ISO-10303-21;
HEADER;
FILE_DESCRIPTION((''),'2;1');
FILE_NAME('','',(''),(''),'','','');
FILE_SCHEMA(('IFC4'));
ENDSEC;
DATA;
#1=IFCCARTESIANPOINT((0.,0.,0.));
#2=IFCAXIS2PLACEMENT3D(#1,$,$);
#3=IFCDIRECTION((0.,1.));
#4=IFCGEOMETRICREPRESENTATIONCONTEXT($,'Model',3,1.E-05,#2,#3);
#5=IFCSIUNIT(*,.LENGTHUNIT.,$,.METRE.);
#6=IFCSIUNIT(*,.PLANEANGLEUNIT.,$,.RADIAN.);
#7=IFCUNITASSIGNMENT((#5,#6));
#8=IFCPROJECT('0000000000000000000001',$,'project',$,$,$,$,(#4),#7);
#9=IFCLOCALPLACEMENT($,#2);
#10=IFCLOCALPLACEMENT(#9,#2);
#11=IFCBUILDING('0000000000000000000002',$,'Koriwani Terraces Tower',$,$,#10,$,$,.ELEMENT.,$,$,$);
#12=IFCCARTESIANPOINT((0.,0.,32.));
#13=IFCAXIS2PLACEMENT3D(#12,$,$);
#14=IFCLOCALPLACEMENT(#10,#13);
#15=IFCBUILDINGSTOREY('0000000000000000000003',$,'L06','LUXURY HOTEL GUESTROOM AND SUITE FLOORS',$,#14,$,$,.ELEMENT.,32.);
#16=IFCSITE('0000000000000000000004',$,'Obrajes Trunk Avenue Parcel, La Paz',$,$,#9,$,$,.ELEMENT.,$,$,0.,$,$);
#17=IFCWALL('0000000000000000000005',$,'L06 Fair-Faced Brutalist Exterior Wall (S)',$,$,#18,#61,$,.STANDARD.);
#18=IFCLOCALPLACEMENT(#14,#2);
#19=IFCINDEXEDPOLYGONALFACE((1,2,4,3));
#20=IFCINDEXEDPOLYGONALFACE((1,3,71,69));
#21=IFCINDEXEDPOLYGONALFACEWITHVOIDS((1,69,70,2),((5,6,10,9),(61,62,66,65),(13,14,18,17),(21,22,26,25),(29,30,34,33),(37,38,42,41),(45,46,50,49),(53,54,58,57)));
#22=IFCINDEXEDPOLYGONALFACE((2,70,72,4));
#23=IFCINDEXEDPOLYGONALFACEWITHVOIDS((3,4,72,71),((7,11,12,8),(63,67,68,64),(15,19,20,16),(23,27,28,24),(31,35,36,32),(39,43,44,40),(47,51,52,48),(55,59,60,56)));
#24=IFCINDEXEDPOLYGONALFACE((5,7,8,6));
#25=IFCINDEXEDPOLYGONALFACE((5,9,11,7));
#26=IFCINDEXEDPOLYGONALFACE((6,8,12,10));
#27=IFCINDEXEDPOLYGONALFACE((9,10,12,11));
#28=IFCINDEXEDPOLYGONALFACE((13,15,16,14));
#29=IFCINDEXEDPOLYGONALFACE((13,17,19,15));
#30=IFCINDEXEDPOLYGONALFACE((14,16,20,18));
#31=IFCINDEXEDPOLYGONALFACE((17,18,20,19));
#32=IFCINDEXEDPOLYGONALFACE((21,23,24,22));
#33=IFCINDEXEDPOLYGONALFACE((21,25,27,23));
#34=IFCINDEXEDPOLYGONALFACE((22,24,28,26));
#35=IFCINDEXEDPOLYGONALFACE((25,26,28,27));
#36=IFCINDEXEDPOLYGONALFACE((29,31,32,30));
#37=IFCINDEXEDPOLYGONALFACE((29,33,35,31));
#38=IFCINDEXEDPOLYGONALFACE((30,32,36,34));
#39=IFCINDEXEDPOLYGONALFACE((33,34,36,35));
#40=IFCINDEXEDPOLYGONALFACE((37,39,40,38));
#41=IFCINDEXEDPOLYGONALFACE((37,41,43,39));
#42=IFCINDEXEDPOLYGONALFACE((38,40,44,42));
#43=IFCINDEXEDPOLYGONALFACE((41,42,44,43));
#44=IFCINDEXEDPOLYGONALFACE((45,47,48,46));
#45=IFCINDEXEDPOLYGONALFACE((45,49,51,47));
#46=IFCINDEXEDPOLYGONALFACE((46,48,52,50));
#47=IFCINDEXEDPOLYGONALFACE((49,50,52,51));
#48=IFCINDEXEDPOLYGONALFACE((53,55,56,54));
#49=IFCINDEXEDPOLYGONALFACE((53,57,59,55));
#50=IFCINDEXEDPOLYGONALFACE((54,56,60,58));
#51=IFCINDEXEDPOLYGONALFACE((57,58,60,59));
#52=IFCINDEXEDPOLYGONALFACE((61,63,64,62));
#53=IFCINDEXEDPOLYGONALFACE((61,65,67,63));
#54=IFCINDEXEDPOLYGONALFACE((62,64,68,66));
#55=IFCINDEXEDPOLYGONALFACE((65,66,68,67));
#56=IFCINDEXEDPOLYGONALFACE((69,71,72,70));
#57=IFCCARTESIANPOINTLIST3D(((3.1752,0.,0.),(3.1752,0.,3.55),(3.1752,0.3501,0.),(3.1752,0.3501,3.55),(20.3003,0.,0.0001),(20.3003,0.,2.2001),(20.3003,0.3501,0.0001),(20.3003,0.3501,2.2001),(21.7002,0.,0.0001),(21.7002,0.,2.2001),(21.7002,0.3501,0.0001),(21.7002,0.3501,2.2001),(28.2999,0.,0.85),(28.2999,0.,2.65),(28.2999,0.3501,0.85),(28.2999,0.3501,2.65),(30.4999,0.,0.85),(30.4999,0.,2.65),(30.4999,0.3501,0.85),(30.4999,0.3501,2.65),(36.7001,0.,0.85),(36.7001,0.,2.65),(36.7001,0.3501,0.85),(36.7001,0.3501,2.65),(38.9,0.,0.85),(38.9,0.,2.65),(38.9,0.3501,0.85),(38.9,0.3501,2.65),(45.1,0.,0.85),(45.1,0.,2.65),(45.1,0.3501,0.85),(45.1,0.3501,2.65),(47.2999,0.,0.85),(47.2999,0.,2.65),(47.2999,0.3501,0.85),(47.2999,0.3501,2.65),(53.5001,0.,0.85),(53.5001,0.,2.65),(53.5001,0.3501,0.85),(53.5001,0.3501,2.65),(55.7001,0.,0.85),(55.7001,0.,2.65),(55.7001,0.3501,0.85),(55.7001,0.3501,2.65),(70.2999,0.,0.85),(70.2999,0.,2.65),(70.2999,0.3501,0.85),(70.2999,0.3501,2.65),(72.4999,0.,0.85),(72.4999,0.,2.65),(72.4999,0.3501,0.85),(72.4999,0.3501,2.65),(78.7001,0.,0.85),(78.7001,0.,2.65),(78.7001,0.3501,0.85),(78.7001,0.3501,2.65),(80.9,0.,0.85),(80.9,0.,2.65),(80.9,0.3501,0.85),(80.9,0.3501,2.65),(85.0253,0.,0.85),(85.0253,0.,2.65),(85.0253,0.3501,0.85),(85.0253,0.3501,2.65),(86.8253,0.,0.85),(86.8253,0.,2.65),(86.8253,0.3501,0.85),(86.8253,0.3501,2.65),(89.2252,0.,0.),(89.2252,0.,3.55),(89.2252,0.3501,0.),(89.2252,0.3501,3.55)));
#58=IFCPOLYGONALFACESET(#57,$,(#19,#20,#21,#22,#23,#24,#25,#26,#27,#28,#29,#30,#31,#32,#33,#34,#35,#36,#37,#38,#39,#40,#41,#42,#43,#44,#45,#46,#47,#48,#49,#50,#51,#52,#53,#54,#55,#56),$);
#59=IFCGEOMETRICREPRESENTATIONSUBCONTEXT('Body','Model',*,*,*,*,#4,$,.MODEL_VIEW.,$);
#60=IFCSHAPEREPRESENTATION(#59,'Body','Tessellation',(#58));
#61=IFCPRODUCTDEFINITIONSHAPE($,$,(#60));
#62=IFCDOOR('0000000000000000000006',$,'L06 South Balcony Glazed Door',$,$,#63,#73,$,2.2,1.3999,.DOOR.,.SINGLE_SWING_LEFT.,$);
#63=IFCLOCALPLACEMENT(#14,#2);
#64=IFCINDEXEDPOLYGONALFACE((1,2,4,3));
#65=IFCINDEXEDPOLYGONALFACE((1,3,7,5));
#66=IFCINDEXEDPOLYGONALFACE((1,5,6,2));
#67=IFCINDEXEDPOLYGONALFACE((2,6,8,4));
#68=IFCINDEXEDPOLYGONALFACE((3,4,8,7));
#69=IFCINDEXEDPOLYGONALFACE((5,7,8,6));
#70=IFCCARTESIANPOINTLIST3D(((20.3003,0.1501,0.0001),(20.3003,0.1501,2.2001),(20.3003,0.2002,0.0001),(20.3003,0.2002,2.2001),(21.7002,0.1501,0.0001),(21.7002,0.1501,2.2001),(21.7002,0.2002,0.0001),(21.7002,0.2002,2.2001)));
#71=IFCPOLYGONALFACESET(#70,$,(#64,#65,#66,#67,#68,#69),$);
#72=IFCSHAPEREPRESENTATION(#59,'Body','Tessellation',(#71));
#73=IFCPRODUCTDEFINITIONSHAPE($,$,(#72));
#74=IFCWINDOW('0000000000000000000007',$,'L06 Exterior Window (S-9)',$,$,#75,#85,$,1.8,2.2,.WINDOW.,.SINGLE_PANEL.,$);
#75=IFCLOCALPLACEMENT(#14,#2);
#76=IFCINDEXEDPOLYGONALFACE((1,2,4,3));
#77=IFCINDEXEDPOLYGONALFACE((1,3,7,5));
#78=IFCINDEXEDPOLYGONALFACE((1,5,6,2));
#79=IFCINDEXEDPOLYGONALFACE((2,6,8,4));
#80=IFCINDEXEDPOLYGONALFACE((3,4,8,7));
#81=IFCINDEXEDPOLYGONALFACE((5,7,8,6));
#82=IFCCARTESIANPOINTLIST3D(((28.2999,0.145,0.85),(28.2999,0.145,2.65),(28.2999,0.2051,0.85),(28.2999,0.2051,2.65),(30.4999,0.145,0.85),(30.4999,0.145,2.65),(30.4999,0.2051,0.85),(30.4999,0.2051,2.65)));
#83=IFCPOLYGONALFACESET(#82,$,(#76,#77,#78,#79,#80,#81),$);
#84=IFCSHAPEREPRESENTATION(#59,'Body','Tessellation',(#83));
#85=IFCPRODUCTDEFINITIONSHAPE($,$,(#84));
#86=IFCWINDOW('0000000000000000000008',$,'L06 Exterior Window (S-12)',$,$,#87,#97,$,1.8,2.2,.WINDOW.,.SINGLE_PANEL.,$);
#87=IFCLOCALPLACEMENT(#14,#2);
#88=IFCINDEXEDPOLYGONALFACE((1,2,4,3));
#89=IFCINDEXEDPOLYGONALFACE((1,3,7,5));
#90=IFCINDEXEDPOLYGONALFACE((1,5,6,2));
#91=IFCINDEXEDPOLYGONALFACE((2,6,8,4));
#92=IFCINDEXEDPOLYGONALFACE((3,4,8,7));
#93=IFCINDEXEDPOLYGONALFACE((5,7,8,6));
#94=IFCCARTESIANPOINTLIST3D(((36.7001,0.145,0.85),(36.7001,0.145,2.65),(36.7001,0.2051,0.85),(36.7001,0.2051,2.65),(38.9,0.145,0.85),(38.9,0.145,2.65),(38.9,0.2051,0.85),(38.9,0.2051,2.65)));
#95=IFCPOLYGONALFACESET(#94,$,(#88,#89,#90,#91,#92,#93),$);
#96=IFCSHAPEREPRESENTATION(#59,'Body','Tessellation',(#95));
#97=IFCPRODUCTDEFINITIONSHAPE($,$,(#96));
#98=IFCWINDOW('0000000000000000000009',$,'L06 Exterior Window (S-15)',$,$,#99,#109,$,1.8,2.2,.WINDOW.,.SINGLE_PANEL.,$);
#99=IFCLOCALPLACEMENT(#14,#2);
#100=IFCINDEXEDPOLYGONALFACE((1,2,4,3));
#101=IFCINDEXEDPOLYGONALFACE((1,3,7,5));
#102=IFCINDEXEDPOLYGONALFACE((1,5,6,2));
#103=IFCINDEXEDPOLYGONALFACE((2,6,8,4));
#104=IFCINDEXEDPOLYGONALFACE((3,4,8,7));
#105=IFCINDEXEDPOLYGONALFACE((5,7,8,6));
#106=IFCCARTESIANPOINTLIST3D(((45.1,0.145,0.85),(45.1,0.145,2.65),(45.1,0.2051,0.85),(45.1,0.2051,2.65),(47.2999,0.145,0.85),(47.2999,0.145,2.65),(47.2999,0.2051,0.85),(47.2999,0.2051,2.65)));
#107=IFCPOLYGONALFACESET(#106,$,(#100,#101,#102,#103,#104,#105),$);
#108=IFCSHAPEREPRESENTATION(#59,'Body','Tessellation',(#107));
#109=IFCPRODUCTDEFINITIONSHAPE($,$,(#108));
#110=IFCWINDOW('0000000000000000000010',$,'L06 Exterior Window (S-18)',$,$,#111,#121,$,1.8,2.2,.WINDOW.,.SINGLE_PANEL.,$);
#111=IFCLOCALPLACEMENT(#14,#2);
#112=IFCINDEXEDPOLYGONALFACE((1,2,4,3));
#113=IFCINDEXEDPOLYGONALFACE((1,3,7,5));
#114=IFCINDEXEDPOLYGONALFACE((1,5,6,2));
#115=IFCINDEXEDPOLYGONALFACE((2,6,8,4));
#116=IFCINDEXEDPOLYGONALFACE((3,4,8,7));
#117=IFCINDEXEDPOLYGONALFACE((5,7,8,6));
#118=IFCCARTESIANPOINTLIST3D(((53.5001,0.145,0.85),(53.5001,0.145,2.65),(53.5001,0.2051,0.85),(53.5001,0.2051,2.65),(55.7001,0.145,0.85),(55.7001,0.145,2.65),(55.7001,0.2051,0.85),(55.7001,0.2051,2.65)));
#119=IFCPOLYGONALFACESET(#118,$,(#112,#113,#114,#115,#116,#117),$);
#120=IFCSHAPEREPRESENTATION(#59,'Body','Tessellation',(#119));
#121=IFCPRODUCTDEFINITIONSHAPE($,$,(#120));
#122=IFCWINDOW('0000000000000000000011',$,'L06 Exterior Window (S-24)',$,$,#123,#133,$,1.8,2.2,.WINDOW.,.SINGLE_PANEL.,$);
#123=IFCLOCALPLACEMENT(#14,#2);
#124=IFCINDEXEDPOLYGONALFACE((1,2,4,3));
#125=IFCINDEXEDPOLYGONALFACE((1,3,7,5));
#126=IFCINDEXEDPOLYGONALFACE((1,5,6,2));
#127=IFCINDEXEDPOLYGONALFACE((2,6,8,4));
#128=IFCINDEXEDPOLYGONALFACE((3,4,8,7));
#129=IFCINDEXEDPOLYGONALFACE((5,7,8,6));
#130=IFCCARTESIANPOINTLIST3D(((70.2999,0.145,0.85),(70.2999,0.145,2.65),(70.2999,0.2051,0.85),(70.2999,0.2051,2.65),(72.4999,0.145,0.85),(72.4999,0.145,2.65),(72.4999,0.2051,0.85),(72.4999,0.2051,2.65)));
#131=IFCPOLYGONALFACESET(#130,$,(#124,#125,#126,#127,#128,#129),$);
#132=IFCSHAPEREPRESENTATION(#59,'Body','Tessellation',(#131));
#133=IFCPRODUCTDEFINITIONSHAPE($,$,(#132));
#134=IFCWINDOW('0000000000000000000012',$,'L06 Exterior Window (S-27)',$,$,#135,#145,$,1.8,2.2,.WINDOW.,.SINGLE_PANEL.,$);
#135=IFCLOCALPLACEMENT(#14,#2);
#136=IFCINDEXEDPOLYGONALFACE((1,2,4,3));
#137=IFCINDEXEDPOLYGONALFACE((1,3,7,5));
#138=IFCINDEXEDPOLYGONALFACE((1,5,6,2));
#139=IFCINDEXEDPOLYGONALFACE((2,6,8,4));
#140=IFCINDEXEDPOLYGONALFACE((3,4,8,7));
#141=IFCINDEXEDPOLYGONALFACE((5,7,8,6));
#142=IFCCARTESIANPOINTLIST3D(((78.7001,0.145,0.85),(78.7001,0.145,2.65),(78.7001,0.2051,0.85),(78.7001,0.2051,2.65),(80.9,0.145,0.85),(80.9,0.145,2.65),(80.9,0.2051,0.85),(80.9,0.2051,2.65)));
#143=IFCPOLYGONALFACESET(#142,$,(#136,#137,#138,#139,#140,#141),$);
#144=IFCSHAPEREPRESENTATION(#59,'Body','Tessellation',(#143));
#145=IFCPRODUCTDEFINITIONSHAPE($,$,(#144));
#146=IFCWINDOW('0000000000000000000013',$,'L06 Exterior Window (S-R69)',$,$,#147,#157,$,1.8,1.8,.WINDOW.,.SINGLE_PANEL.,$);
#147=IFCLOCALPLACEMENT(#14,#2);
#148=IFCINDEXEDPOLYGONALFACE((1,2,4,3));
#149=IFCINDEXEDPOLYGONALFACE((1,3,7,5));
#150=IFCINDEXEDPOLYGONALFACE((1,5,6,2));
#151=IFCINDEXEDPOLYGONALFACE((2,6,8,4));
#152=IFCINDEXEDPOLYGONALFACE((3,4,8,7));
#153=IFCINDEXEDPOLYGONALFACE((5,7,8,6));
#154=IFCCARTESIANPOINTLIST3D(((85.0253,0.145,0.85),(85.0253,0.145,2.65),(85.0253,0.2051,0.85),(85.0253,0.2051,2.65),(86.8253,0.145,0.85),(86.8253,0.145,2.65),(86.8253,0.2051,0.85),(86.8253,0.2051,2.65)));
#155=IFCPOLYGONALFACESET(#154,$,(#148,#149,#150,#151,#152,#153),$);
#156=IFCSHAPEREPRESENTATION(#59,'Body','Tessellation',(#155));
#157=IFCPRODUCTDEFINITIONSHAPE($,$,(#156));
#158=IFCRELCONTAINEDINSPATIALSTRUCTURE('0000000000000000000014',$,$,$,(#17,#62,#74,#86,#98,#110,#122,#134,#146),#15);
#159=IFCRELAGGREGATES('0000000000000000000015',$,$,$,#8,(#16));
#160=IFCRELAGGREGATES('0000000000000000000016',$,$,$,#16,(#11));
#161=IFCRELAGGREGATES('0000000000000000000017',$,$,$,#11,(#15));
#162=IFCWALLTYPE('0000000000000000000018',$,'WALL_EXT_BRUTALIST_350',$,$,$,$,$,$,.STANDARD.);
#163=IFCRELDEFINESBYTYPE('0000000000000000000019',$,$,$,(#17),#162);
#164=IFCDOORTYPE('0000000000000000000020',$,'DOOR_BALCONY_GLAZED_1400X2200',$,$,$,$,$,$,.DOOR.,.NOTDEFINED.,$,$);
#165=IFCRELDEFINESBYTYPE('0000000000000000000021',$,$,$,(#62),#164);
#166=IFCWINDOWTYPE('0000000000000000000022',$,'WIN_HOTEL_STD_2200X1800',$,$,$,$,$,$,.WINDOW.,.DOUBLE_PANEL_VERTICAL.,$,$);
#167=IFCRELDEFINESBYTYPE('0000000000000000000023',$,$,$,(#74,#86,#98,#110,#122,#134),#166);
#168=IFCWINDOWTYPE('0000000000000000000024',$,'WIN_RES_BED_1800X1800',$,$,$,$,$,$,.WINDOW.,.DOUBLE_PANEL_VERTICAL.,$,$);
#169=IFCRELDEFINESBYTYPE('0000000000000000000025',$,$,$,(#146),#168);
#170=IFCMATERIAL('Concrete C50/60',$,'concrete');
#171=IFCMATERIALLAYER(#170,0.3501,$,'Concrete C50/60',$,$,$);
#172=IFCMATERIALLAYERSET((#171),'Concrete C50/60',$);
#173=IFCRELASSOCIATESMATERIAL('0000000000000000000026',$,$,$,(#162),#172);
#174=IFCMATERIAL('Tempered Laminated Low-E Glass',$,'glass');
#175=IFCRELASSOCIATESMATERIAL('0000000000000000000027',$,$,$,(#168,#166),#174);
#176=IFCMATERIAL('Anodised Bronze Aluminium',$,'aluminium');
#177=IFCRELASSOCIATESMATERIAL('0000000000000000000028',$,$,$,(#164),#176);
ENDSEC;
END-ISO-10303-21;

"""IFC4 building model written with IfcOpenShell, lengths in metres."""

from ifc_helpers import new_model, si_unit, direction, frame, frame_2d, origin, place, context, subcontext, project, spatial, rectangle, extrude, material, layer, layer_set, type_object, element, fill, save


model = new_model("IFC4")

# Units and contexts
model_context = context("Model", 3, precision=1e-05, world=origin(), true_north=direction((0.0, 1.0)))
body_context = subcontext(model_context, "Body", "Model", "MODEL_VIEW")
ifc_project = project(units=[si_unit("LENGTHUNIT", "METRE"), si_unit("PLANEANGLEUNIT", "RADIAN")], contexts=[model_context])

# Site, building, storey
site_placement = place(None, origin())
site = spatial("IfcSite", under=ifc_project, at=site_placement, Name="Obrajes Trunk Avenue Parcel, La Paz", CompositionType="ELEMENT", RefElevation=0.0)
building_placement = place(site_placement, origin())
building = spatial("IfcBuilding", under=site, at=building_placement, Name="Koriwani Terraces Tower", CompositionType="ELEMENT")
storey_placement = place(building_placement, frame((0.0, 0.0, 32.0)))
storey = spatial("IfcBuildingStorey", under=building, at=storey_placement, Name="L06", Description="LUXURY HOTEL GUESTROOM AND SUITE FLOORS", CompositionType="ELEMENT", Elevation=32.0)

# Shared definitions
ifc_material_1 = material(Name="Concrete C50/60", Category="concrete")

# Shared definitions
ifc_layer_1 = layer(ifc_material_1, 0.3501, Name="Concrete C50/60")
ifc_layer_set_1 = layer_set([ifc_layer_1], Name="Concrete C50/60")
wall_type_1 = type_object("IfcWallType", Name="WALL_EXT_BRUTALIST_350", PredefinedType="STANDARD", material=ifc_layer_set_1)

# Shared definitions
ifc_material_2 = material(Name="Tempered Laminated Low-E Glass", Category="glass")
window_type_1 = type_object("IfcWindowType", Name="WIN_RES_BED_1800X1800", PartitioningType="DOUBLE_PANEL_VERTICAL", PredefinedType="WINDOW", material=ifc_material_2)

# Wall, openings, door, windows
wall_1_placement = place(storey_placement, frame((89.2251, 0.175, 0.0), z_axis=(0.0, 0.0, 1.0), x_axis=(-1.0, 0.0, 0.0)))
wall_1 = element("IfcWall", 1, at=wall_1_placement, inside=storey, type_object=wall_type_1, Name="L06 Fair-Faced Brutalist Exterior Wall (S)", PredefinedType="STANDARD", context=body_context, shape_type="SweptSolid", body=[
    extrude(rectangle(XDim=86.05, YDim=0.3501, at=frame_2d((43.0249, 0.0))), origin(), (0.0, 0.0, 1.0), 3.55),
])
opening_1_placement = place(wall_1_placement, frame((67.5249, 0.0, 0.0)))
opening_1 = element("IfcOpeningElement", 2, at=opening_1_placement, cuts=wall_1, PredefinedType="OPENING", context=body_context, shape_type="SweptSolid", body=[
    extrude(rectangle(XDim=1.3999, YDim=2.2, at=frame_2d((0.7, 1.1001))), frame((0.0, 0.1851, 0.0), z_axis=(0.0, -1.0, 0.0), x_axis=(1.0, 0.0, 0.0)), (0.0, 0.0, 1.0), 0.3701),
])
opening_2_placement = place(wall_1_placement, frame((58.7251, 0.0, 0.8501)))
opening_2 = element("IfcOpeningElement", 3, at=opening_2_placement, cuts=wall_1, PredefinedType="OPENING", context=body_context, shape_type="SweptSolid", body=[
    extrude(rectangle(XDim=2.2, YDim=1.8, at=frame_2d((1.1001, 0.8999))), frame((0.0, 0.1851, 0.0), z_axis=(0.0, -1.0, 0.0), x_axis=(1.0, 0.0, 0.0)), (0.0, 0.0, 1.0), 0.3701),
])
opening_3_placement = place(wall_1_placement, frame((50.325, 0.0, 0.8501)))
opening_3 = element("IfcOpeningElement", 4, at=opening_3_placement, cuts=wall_1, PredefinedType="OPENING", context=body_context, shape_type="SweptSolid", body=[
    extrude(rectangle(XDim=2.2, YDim=1.8, at=frame_2d((1.1001, 0.8999))), frame((0.0, 0.1851, 0.0), z_axis=(0.0, -1.0, 0.0), x_axis=(1.0, 0.0, 0.0)), (0.0, 0.0, 1.0), 0.3701),
])
opening_4_placement = place(wall_1_placement, frame((41.925, 0.0, 0.8501)))
opening_4 = element("IfcOpeningElement", 5, at=opening_4_placement, cuts=wall_1, PredefinedType="OPENING", context=body_context, shape_type="SweptSolid", body=[
    extrude(rectangle(XDim=2.2, YDim=1.8, at=frame_2d((1.1001, 0.8999))), frame((0.0, 0.1851, 0.0), z_axis=(0.0, -1.0, 0.0), x_axis=(1.0, 0.0, 0.0)), (0.0, 0.0, 1.0), 0.3701),
])
opening_5_placement = place(wall_1_placement, frame((33.5249, 0.0, 0.8501)))
opening_5 = element("IfcOpeningElement", 6, at=opening_5_placement, cuts=wall_1, PredefinedType="OPENING", context=body_context, shape_type="SweptSolid", body=[
    extrude(rectangle(XDim=2.2, YDim=1.8, at=frame_2d((1.1001, 0.8999))), frame((0.0, 0.1851, 0.0), z_axis=(0.0, -1.0, 0.0), x_axis=(1.0, 0.0, 0.0)), (0.0, 0.0, 1.0), 0.3701),
])
opening_6_placement = place(wall_1_placement, frame((16.7251, 0.0, 0.8501)))
opening_6 = element("IfcOpeningElement", 7, at=opening_6_placement, cuts=wall_1, PredefinedType="OPENING", context=body_context, shape_type="SweptSolid", body=[
    extrude(rectangle(XDim=2.2, YDim=1.8, at=frame_2d((1.1001, 0.8999))), frame((0.0, 0.1851, 0.0), z_axis=(0.0, -1.0, 0.0), x_axis=(1.0, 0.0, 0.0)), (0.0, 0.0, 1.0), 0.3701),
])
opening_7_placement = place(wall_1_placement, frame((8.325, 0.0, 0.8501)))
opening_7 = element("IfcOpeningElement", 8, at=opening_7_placement, cuts=wall_1, PredefinedType="OPENING", context=body_context, shape_type="SweptSolid", body=[
    extrude(rectangle(XDim=2.2, YDim=1.8, at=frame_2d((1.1001, 0.8999))), frame((0.0, 0.1851, 0.0), z_axis=(0.0, -1.0, 0.0), x_axis=(1.0, 0.0, 0.0)), (0.0, 0.0, 1.0), 0.3701),
])
opening_8_placement = place(wall_1_placement, frame((2.3999, 0.0, 0.8501)))
opening_8 = element("IfcOpeningElement", 9, at=opening_8_placement, cuts=wall_1, PredefinedType="OPENING", context=body_context, shape_type="SweptSolid", body=[
    extrude(rectangle(XDim=1.8, YDim=1.8, at=frame_2d((0.8999, 0.8999))), frame((0.0, 0.1851, 0.0), z_axis=(0.0, -1.0, 0.0), x_axis=(1.0, 0.0, 0.0)), (0.0, 0.0, 1.0), 0.3701),
])
ifc_material_3 = material(Name="Anodised Bronze Aluminium", Category="aluminium")
door_type_1 = type_object("IfcDoorType", Name="DOOR_BALCONY_GLAZED_1400X2200", OperationType="NOTDEFINED", PredefinedType="DOOR", material=ifc_material_3)
door_1_placement = place(opening_1_placement, origin())
door_1 = element("IfcDoor", 10, at=door_1_placement, inside=storey, type_object=door_type_1, Name="L06 South Balcony Glazed Door", OperationType="SINGLE_SWING_LEFT", OverallHeight=2.2, OverallWidth=1.3999, PredefinedType="DOOR", context=body_context, shape_type="SweptSolid", body=[
    extrude(rectangle(XDim=1.3999, YDim=2.2, at=frame_2d((0.7, 1.1001))), frame((0.0, 0.0249, 0.0), z_axis=(0.0, -1.0, 0.0), x_axis=(1.0, 0.0, 0.0)), (0.0, 0.0, 1.0), 0.05),
])
fill(opening_1, door_1)
window_type_2 = type_object("IfcWindowType", Name="WIN_HOTEL_STD_2200X1800", PartitioningType="DOUBLE_PANEL_VERTICAL", PredefinedType="WINDOW", material=ifc_material_2)
window_1_placement = place(opening_2_placement, origin())
window_1 = element("IfcWindow", 11, at=window_1_placement, inside=storey, type_object=window_type_2, Name="L06 Exterior Window (S-9)", OverallHeight=1.8, OverallWidth=2.2, PartitioningType="SINGLE_PANEL", PredefinedType="WINDOW", context=body_context, shape_type="SweptSolid", body=[
    extrude(rectangle(XDim=2.2, YDim=1.8, at=frame_2d((1.1001, 0.8999))), frame((0.0, 0.03, 0.0), z_axis=(0.0, -1.0, 0.0), x_axis=(1.0, 0.0, 0.0)), (0.0, 0.0, 1.0), 0.0601),
])
fill(opening_2, window_1)
window_2_placement = place(opening_3_placement, origin())
window_2 = element("IfcWindow", 12, at=window_2_placement, inside=storey, type_object=window_type_2, Name="L06 Exterior Window (S-12)", OverallHeight=1.8, OverallWidth=2.2, PartitioningType="SINGLE_PANEL", PredefinedType="WINDOW", context=body_context, shape_type="SweptSolid", body=[
    extrude(rectangle(XDim=2.2, YDim=1.8, at=frame_2d((1.1001, 0.8999))), frame((0.0, 0.03, 0.0), z_axis=(0.0, -1.0, 0.0), x_axis=(1.0, 0.0, 0.0)), (0.0, 0.0, 1.0), 0.0601),
])
fill(opening_3, window_2)
window_3_placement = place(opening_4_placement, origin())
window_3 = element("IfcWindow", 13, at=window_3_placement, inside=storey, type_object=window_type_2, Name="L06 Exterior Window (S-15)", OverallHeight=1.8, OverallWidth=2.2, PartitioningType="SINGLE_PANEL", PredefinedType="WINDOW", context=body_context, shape_type="SweptSolid", body=[
    extrude(rectangle(XDim=2.2, YDim=1.8, at=frame_2d((1.1001, 0.8999))), frame((0.0, 0.03, 0.0), z_axis=(0.0, -1.0, 0.0), x_axis=(1.0, 0.0, 0.0)), (0.0, 0.0, 1.0), 0.0601),
])
fill(opening_4, window_3)
window_4_placement = place(opening_5_placement, origin())
window_4 = element("IfcWindow", 14, at=window_4_placement, inside=storey, type_object=window_type_2, Name="L06 Exterior Window (S-18)", OverallHeight=1.8, OverallWidth=2.2, PartitioningType="SINGLE_PANEL", PredefinedType="WINDOW", context=body_context, shape_type="SweptSolid", body=[
    extrude(rectangle(XDim=2.2, YDim=1.8, at=frame_2d((1.1001, 0.8999))), frame((0.0, 0.03, 0.0), z_axis=(0.0, -1.0, 0.0), x_axis=(1.0, 0.0, 0.0)), (0.0, 0.0, 1.0), 0.0601),
])
fill(opening_5, window_4)
window_5_placement = place(opening_6_placement, origin())
window_5 = element("IfcWindow", 15, at=window_5_placement, inside=storey, type_object=window_type_2, Name="L06 Exterior Window (S-24)", OverallHeight=1.8, OverallWidth=2.2, PartitioningType="SINGLE_PANEL", PredefinedType="WINDOW", context=body_context, shape_type="SweptSolid", body=[
    extrude(rectangle(XDim=2.2, YDim=1.8, at=frame_2d((1.1001, 0.8999))), frame((0.0, 0.03, 0.0), z_axis=(0.0, -1.0, 0.0), x_axis=(1.0, 0.0, 0.0)), (0.0, 0.0, 1.0), 0.0601),
])
fill(opening_6, window_5)
window_6_placement = place(opening_7_placement, origin())
window_6 = element("IfcWindow", 16, at=window_6_placement, inside=storey, type_object=window_type_2, Name="L06 Exterior Window (S-27)", OverallHeight=1.8, OverallWidth=2.2, PartitioningType="SINGLE_PANEL", PredefinedType="WINDOW", context=body_context, shape_type="SweptSolid", body=[
    extrude(rectangle(XDim=2.2, YDim=1.8, at=frame_2d((1.1001, 0.8999))), frame((0.0, 0.03, 0.0), z_axis=(0.0, -1.0, 0.0), x_axis=(1.0, 0.0, 0.0)), (0.0, 0.0, 1.0), 0.0601),
])
fill(opening_7, window_6)
window_7_placement = place(opening_8_placement, origin())
window_7 = element("IfcWindow", 17, at=window_7_placement, inside=storey, type_object=window_type_1, Name="L06 Exterior Window (S-R69)", OverallHeight=1.8, OverallWidth=1.8, PartitioningType="SINGLE_PANEL", PredefinedType="WINDOW", context=body_context, shape_type="SweptSolid", body=[
    extrude(rectangle(XDim=1.8, YDim=1.8, at=frame_2d((0.8999, 0.8999))), frame((0.0, 0.03, 0.0), z_axis=(0.0, -1.0, 0.0), x_axis=(1.0, 0.0, 0.0)), (0.0, 0.0, 1.0), 0.0601),
])
fill(opening_8, window_7)

save(model, "model.ifc")
